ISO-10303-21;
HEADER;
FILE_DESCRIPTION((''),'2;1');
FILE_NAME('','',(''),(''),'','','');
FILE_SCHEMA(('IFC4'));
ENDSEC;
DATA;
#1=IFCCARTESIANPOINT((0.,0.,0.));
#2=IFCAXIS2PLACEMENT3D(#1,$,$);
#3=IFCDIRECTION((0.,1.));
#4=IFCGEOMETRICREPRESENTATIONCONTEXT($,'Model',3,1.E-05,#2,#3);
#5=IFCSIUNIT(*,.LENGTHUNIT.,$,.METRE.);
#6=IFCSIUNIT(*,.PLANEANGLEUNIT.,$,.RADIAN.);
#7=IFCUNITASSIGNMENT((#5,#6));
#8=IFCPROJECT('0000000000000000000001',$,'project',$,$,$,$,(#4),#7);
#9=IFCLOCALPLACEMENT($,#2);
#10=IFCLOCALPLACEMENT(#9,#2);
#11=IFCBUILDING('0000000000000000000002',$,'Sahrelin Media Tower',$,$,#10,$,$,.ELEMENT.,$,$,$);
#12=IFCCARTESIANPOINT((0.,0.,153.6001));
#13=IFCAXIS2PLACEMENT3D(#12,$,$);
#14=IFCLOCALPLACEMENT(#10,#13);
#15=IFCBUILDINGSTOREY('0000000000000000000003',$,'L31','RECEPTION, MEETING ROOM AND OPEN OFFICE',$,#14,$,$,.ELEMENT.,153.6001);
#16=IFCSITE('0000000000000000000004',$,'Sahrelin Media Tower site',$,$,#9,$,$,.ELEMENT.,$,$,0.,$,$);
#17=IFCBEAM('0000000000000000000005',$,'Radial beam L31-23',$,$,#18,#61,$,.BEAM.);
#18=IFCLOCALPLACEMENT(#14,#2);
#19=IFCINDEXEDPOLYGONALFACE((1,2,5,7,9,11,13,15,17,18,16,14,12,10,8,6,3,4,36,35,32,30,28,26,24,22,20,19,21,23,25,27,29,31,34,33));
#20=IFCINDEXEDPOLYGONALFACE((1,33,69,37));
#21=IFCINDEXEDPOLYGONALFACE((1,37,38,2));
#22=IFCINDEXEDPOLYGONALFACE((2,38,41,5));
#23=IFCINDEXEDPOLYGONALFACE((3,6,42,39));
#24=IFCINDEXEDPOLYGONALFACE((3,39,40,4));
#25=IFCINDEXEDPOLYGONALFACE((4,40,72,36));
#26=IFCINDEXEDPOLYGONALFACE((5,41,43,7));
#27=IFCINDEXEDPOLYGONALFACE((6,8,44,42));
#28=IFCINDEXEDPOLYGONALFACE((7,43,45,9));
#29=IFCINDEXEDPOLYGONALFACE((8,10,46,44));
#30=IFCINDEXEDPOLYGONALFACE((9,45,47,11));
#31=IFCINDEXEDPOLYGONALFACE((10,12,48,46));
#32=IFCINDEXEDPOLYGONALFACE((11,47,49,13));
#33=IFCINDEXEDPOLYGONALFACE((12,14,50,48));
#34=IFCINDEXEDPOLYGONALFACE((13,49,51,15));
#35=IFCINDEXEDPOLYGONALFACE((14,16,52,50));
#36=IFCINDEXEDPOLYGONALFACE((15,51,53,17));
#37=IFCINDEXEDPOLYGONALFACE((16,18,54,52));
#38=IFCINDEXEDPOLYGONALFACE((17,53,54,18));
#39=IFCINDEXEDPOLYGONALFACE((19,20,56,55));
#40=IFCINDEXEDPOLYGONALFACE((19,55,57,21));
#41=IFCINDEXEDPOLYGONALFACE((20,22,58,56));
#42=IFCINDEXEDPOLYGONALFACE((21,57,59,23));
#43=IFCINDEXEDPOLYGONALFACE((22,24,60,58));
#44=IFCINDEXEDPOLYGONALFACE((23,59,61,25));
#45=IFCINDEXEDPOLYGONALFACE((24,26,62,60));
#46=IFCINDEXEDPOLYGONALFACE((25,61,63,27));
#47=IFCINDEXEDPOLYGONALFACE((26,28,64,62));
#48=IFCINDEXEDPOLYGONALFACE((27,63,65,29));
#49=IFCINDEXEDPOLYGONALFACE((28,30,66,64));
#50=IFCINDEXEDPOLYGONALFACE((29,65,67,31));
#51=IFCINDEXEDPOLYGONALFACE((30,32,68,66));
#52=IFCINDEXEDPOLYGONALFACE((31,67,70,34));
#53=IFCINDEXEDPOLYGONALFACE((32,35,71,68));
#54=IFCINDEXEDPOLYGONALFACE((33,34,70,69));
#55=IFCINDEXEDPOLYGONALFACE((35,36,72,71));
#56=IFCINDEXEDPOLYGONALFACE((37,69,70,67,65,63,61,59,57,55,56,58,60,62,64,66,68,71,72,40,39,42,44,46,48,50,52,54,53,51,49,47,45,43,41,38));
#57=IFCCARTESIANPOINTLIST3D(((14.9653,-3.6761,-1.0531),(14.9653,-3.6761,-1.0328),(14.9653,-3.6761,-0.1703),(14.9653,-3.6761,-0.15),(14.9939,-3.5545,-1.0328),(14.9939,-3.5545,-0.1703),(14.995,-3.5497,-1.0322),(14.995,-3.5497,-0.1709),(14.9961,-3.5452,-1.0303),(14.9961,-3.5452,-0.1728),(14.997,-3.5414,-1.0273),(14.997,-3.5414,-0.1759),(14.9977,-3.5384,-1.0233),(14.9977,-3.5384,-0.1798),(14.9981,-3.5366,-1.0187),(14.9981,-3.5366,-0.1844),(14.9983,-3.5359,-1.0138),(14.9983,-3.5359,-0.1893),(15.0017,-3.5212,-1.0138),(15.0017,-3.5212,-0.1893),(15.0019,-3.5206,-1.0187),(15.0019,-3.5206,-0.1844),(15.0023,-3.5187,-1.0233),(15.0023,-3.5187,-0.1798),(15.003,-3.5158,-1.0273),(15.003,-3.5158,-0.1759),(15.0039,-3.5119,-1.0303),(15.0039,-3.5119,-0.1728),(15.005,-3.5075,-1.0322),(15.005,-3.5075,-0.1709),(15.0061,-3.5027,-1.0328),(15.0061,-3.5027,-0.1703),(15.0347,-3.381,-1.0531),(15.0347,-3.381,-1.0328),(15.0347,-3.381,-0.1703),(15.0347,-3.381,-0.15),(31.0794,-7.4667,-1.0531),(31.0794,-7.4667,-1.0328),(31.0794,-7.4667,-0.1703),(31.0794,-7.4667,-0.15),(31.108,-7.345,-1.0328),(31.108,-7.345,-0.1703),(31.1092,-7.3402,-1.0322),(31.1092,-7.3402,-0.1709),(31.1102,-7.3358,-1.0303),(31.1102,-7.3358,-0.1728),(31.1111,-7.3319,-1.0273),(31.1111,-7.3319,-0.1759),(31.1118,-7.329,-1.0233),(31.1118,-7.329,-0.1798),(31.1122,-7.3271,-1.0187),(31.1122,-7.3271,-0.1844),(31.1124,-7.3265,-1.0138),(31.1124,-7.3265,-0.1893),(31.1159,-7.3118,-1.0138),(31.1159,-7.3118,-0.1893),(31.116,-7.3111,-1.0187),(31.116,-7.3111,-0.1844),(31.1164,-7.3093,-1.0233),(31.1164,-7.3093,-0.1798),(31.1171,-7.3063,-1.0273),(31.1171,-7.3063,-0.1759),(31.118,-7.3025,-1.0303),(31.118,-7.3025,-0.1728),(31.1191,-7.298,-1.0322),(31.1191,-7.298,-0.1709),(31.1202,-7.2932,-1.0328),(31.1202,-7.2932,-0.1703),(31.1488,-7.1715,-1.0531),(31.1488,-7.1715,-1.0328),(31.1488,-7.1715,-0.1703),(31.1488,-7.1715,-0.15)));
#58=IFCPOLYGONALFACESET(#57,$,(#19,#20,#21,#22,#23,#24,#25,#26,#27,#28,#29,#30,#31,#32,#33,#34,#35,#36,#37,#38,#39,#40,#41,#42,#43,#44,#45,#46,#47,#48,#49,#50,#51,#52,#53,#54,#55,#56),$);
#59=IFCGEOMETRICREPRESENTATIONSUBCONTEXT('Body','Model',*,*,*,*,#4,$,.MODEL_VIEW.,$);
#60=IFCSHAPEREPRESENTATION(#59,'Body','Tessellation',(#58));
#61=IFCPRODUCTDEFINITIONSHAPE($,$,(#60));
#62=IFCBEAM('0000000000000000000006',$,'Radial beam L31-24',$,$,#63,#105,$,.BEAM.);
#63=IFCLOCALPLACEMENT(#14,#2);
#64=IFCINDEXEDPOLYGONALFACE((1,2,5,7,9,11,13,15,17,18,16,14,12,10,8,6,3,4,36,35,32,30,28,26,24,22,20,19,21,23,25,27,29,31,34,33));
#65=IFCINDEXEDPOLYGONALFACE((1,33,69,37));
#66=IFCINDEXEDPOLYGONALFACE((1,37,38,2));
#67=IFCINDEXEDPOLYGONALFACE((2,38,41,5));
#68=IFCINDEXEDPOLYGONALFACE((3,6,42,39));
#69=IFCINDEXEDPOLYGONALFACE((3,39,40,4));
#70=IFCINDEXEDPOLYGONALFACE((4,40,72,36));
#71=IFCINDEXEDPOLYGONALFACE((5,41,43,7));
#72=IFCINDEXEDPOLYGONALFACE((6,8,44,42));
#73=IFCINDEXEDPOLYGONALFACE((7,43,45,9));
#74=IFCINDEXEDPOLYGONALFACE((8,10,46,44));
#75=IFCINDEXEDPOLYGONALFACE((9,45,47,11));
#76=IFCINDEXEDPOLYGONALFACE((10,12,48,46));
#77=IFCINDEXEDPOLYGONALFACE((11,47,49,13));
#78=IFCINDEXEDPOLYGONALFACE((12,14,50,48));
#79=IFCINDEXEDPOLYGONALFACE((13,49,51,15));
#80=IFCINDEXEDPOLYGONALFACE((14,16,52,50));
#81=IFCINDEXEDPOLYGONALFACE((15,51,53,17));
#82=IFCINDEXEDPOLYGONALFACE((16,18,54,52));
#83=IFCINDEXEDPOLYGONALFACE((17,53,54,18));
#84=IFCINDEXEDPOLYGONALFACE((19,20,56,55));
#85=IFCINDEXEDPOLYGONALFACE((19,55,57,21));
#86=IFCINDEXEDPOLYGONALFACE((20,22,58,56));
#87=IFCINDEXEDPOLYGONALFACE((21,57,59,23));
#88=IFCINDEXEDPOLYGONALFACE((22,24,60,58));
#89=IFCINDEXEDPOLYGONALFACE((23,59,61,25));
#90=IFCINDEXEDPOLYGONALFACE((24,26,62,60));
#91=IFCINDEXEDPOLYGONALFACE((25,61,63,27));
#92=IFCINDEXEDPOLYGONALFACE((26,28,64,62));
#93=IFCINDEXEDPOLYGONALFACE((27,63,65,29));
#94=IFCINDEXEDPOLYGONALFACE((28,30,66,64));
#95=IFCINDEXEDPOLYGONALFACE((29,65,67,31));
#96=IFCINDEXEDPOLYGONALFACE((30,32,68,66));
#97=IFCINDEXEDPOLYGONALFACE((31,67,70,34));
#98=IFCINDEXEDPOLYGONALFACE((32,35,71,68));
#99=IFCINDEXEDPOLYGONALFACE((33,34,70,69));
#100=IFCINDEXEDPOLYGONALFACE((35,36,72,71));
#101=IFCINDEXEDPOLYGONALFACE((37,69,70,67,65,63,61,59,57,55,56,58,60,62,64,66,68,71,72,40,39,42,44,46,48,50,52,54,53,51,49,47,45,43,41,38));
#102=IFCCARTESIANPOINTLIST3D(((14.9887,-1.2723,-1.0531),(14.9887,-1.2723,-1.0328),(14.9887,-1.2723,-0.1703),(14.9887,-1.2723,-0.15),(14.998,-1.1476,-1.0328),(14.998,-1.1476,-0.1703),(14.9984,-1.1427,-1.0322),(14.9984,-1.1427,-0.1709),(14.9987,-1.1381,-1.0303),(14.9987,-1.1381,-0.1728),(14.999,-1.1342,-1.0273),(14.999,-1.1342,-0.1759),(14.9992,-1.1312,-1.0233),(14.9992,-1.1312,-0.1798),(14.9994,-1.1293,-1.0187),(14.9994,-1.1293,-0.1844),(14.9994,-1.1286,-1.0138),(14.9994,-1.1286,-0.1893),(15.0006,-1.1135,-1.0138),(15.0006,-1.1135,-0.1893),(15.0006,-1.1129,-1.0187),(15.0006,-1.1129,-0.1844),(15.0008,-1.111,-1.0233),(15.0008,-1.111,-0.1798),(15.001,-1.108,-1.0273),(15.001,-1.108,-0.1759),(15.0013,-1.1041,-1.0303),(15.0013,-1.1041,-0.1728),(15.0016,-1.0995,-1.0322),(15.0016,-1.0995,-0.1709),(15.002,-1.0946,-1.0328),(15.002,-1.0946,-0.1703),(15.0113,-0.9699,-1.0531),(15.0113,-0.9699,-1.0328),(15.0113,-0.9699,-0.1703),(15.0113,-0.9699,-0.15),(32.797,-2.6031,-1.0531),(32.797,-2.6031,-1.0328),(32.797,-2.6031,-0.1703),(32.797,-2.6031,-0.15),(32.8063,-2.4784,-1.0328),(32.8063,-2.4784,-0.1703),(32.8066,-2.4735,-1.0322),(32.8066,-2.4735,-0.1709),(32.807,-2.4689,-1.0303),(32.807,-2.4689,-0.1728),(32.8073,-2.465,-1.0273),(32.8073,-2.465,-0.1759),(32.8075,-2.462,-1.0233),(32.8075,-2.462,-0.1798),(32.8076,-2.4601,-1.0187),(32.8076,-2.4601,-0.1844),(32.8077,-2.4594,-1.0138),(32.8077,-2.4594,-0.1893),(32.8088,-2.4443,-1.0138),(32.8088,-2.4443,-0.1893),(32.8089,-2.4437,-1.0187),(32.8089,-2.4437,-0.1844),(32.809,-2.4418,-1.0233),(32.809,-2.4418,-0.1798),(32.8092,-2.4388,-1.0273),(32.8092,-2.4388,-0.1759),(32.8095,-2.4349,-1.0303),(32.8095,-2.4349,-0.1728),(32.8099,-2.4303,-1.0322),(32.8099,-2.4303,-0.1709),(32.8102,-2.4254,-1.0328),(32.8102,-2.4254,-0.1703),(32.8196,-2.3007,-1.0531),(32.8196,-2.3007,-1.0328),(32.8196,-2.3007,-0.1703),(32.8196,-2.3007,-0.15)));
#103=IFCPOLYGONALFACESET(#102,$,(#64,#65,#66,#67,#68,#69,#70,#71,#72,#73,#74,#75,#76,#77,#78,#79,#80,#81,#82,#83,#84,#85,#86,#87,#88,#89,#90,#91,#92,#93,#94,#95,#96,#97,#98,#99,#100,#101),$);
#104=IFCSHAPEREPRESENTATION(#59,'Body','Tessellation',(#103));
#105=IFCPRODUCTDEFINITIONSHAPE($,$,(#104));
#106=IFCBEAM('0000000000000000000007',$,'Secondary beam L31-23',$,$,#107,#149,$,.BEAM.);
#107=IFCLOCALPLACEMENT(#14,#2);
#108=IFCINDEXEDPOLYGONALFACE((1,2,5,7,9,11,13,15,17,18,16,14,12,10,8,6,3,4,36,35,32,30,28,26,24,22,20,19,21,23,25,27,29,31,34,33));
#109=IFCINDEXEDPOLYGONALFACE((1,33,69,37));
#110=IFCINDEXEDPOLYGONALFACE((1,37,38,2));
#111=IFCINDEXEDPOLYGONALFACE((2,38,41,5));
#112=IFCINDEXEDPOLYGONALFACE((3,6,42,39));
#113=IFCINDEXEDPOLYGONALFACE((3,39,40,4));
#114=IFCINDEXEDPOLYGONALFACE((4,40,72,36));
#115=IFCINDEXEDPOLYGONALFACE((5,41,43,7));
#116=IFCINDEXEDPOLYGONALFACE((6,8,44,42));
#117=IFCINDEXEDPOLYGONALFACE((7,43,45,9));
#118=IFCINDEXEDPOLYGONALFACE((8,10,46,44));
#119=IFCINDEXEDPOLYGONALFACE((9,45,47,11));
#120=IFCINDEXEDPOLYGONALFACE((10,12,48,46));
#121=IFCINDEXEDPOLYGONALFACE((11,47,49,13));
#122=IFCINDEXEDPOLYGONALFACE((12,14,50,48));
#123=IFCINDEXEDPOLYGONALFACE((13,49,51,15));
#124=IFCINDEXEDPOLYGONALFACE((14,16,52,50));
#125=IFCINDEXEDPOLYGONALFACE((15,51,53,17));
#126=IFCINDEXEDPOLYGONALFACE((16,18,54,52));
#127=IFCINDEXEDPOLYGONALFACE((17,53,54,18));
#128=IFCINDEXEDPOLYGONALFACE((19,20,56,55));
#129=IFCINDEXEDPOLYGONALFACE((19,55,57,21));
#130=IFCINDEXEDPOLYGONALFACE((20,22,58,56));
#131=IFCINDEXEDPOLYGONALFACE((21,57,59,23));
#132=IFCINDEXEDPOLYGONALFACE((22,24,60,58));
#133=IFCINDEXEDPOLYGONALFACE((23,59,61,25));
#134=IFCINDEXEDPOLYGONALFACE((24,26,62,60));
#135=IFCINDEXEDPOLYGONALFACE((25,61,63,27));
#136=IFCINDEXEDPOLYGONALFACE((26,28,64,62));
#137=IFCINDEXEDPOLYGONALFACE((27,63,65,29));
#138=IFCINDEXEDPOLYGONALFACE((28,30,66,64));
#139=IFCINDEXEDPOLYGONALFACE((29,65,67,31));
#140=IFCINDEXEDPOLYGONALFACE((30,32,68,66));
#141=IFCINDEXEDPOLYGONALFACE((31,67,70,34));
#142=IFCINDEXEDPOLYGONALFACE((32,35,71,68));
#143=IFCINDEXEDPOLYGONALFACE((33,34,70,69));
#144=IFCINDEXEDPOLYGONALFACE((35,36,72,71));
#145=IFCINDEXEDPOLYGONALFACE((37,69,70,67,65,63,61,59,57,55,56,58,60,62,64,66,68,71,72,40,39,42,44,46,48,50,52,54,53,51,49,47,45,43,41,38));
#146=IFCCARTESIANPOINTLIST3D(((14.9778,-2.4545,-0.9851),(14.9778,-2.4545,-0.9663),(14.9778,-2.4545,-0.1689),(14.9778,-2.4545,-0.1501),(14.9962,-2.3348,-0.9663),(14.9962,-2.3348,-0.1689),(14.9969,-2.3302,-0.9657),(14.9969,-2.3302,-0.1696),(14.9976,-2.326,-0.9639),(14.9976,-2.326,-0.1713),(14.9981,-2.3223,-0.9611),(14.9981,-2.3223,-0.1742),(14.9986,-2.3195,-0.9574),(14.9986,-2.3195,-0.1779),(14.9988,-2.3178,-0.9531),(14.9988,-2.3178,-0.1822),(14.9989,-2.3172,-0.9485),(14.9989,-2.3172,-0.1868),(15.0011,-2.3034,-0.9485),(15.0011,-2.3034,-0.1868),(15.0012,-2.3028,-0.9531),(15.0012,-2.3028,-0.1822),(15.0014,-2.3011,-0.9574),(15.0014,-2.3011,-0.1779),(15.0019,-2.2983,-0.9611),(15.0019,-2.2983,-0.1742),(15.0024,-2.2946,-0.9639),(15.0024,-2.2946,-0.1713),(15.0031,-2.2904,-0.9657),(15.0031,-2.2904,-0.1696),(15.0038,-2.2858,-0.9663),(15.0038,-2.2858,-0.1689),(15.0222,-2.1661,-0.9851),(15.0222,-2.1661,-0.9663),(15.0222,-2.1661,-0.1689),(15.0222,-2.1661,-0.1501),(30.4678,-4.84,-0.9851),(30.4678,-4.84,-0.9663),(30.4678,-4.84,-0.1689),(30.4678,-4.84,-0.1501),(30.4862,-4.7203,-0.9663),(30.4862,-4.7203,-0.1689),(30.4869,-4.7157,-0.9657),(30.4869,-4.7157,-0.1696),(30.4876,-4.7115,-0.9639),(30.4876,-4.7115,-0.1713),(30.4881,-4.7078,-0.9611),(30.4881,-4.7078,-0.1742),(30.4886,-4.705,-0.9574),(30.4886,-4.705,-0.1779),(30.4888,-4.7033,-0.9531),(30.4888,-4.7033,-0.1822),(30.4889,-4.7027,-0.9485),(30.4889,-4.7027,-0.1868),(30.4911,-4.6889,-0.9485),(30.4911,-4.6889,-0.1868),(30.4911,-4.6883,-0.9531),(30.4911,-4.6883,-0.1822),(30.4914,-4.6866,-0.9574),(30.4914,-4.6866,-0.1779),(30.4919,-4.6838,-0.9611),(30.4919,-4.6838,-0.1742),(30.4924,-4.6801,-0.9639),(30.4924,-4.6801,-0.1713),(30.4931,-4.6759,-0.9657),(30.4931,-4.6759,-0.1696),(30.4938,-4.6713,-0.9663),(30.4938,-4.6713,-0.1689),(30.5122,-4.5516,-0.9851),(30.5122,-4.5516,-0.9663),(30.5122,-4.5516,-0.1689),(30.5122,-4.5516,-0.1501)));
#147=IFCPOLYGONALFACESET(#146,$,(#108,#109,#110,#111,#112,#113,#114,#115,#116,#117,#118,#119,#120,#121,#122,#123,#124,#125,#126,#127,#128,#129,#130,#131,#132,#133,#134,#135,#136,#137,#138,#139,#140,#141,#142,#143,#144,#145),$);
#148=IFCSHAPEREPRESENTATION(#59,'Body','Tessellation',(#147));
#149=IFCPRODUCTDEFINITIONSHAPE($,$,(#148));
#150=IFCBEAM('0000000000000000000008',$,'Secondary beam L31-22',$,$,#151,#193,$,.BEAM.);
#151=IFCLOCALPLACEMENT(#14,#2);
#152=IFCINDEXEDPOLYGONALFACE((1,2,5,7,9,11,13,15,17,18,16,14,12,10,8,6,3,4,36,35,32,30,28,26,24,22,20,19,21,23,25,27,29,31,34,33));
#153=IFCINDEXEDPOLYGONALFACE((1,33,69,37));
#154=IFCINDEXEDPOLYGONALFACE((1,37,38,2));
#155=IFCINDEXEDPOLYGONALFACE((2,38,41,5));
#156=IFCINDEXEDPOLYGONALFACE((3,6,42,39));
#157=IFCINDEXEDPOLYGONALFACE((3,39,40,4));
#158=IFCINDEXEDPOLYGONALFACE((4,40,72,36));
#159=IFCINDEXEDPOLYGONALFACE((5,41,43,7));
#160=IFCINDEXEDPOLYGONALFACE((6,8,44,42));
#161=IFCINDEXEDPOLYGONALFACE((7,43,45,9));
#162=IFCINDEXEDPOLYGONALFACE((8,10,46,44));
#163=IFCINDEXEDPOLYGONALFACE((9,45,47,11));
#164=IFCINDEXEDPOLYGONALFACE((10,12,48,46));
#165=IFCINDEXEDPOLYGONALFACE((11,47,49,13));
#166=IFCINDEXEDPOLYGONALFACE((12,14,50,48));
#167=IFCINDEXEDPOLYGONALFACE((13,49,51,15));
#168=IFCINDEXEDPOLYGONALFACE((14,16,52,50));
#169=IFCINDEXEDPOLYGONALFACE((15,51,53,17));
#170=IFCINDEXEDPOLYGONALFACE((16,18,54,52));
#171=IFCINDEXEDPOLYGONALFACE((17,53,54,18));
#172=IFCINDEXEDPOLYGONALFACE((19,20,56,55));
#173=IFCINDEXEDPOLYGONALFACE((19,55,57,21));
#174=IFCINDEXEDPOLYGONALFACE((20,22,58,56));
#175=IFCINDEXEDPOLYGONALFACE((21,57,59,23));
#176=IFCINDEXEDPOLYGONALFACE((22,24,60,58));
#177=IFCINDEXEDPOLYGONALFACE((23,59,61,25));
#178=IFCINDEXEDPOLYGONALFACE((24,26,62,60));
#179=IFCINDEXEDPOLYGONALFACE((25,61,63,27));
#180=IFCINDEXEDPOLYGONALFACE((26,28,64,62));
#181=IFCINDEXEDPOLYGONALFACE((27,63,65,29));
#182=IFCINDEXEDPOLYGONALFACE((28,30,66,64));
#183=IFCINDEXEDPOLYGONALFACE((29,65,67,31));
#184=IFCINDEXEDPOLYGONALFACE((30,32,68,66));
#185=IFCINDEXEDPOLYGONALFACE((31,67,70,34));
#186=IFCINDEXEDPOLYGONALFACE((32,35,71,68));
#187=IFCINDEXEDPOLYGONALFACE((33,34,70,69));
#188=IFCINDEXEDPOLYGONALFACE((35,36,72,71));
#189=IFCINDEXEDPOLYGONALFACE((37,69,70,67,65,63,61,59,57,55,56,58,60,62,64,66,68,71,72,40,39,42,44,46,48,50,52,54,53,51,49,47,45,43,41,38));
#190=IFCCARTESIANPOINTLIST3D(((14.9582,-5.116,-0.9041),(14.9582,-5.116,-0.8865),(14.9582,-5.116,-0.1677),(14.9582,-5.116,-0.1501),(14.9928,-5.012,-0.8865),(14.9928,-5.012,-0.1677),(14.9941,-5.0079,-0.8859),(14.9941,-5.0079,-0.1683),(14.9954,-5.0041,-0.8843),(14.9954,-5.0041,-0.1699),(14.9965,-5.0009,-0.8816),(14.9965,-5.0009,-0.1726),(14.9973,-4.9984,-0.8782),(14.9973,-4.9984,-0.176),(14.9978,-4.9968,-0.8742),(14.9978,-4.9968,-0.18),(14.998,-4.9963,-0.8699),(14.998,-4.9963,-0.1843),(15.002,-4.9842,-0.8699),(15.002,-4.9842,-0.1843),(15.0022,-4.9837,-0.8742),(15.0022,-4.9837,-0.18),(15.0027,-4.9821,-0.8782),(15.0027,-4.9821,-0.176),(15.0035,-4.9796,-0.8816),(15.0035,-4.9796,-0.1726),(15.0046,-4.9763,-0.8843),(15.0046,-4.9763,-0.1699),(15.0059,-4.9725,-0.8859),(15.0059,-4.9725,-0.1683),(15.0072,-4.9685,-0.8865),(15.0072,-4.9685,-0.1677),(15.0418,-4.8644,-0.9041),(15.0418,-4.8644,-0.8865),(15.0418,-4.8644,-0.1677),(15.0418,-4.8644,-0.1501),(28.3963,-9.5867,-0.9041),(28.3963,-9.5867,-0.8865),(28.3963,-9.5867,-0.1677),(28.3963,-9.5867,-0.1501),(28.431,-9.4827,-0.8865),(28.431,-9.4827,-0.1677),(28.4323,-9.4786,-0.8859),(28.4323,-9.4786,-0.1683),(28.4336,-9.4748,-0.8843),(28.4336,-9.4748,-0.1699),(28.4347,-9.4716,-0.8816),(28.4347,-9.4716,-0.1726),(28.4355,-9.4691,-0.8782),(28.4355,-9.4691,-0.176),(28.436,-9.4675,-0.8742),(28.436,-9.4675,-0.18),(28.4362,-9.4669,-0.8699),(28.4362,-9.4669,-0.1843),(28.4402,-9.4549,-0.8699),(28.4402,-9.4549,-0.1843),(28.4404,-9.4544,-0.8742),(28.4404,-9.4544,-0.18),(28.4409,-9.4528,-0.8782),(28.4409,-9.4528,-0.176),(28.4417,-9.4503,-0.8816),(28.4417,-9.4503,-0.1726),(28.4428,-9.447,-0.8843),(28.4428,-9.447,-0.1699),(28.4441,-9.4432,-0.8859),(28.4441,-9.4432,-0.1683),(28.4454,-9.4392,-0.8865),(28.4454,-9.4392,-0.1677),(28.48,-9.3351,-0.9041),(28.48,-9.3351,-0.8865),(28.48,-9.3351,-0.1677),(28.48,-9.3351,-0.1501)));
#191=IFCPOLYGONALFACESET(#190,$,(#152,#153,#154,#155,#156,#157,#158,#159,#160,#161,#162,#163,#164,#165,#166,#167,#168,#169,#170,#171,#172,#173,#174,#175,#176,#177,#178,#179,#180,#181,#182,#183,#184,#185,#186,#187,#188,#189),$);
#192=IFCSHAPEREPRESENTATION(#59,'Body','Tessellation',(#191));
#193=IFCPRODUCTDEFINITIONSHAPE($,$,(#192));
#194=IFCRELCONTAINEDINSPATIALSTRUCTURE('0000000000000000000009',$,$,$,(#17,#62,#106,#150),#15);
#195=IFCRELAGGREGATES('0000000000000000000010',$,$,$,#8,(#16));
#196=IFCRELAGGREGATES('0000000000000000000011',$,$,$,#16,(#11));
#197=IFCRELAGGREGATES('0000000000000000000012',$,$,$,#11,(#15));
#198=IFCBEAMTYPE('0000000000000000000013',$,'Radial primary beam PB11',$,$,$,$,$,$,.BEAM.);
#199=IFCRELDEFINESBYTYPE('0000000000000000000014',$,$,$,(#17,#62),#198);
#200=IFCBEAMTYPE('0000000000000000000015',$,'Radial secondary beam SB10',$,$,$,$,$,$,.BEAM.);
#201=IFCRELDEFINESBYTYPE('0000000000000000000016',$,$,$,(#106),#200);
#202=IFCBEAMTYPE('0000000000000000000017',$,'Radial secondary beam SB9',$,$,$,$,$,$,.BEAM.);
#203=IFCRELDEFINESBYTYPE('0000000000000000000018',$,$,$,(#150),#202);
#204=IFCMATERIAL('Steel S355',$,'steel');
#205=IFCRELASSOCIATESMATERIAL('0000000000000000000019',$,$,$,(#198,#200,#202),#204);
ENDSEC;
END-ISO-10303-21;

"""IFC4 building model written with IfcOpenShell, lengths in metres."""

from ifc_helpers import new_model, si_unit, direction, frame, origin, origin_2d, place, context, subcontext, project, spatial, i_section, extrude, material, material_profile, profile_set, type_object, element, save


model = new_model("IFC4")

# Units and contexts
model_context = context("Model", 3, precision=1e-05, world=origin(), true_north=direction((0.0, 1.0)))
body_context = subcontext(model_context, "Body", "Model", "MODEL_VIEW")
ifc_project = project(units=[si_unit("LENGTHUNIT", "METRE"), si_unit("PLANEANGLEUNIT", "RADIAN")], contexts=[model_context])

# Site, building, storey
site_placement = place(None, origin())
site = spatial("IfcSite", under=ifc_project, at=site_placement, Name="Sahrelin Media Tower site", CompositionType="ELEMENT", RefElevation=0.0)
building_placement = place(site_placement, origin())
building = spatial("IfcBuilding", under=site, at=building_placement, Name="Sahrelin Media Tower", CompositionType="ELEMENT")
storey_placement = place(building_placement, frame((0.0, 0.0, 153.6001)))
storey = spatial("IfcBuildingStorey", under=building, at=storey_placement, Name="L31", Description="RECEPTION, MEETING ROOM AND OPEN OFFICE", CompositionType="ELEMENT", Elevation=153.6001)

# Shared definitions
ifc_material_1 = material(Name="Steel S355", Category="steel")

# Beams
ifc_material_profile_1 = material_profile(ifc_material_1, i_section(OverallWidth=0.3032, OverallDepth=0.9031, WebThickness=0.0151, FlangeThickness=0.0203, FilletRadius=0.019, at=origin_2d()), Name="UB 914x305x201")
ifc_profile_set_1 = profile_set([ifc_material_profile_1], Name="Steel S355")
beam_type_1 = type_object("IfcBeamType", Name="Radial primary beam PB11", PredefinedType="BEAM", material=ifc_profile_set_1)
beam_1_placement = place(storey_placement, frame((15.0, -3.5286, -0.6016), z_axis=(0.973431, -0.228982, 0.0), x_axis=(0.228982, 0.973431, 0.0)))
element("IfcBeam", 1, at=beam_1_placement, inside=storey, type_object=beam_type_1, Name="Radial beam L31-23", PredefinedType="BEAM", context=body_context, shape_type="SweptSolid", body=[
    extrude(i_section(OverallWidth=0.3032, OverallDepth=0.9031, WebThickness=0.0151, FlangeThickness=0.0203, FilletRadius=0.019, at=origin_2d()), origin(), (0.0, 0.0, 1.0), 16.554),
])
beam_2_placement = place(storey_placement, frame((15.0, -1.1211, -0.6016), z_axis=(0.997219, -0.074522, 0.0), x_axis=(0.074522, 0.997219, 0.0)))
element("IfcBeam", 2, at=beam_2_placement, inside=storey, type_object=beam_type_1, Name="Radial beam L31-24", PredefinedType="BEAM", context=body_context, shape_type="SweptSolid", body=[
    extrude(i_section(OverallWidth=0.3032, OverallDepth=0.9031, WebThickness=0.0151, FlangeThickness=0.0203, FilletRadius=0.019, at=origin_2d()), origin(), (0.0, 0.0, 1.0), 17.8579),
])
ifc_material_profile_2 = material_profile(ifc_material_1, i_section(OverallWidth=0.2917, OverallDepth=0.835, WebThickness=0.0139, FlangeThickness=0.0188, FilletRadius=0.0178, at=origin_2d()), Name="UB 838x292x176")
ifc_profile_set_2 = profile_set([ifc_material_profile_2], Name="Steel S355")
beam_type_2 = type_object("IfcBeamType", Name="Radial secondary beam SB10", PredefinedType="BEAM", material=ifc_profile_set_2)
beam_3_placement = place(storey_placement, frame((15.0, -2.3103, -0.5676), z_axis=(0.988348, -0.152208, 0.0), x_axis=(0.152208, 0.988348, 0.0)))
element("IfcBeam", 3, at=beam_3_placement, inside=storey, type_object=beam_type_2, Name="Secondary beam L31-23", PredefinedType="BEAM", context=body_context, shape_type="SweptSolid", body=[
    extrude(i_section(OverallWidth=0.2917, OverallDepth=0.835, WebThickness=0.0139, FlangeThickness=0.0188, FilletRadius=0.0178, at=origin_2d()), origin(), (0.0, 0.0, 1.0), 15.6726),
])
ifc_material_profile_3 = material_profile(ifc_material_1, i_section(OverallWidth=0.2651, OverallDepth=0.7539, WebThickness=0.0127, FlangeThickness=0.0176, FilletRadius=0.0166, at=origin_2d()), Name="UB 762x267x147")
ifc_profile_set_3 = profile_set([ifc_material_profile_3], Name="Steel S355")
beam_type_3 = type_object("IfcBeamType", Name="Radial secondary beam SB9", PredefinedType="BEAM", material=ifc_profile_set_3)
beam_4_placement = place(storey_placement, frame((15.0, -4.9902, -0.5271), z_axis=(0.948868, -0.315674, 0.0), x_axis=(0.315674, 0.948868, 0.0)))
element("IfcBeam", 4, at=beam_4_placement, inside=storey, type_object=beam_type_3, Name="Secondary beam L31-22", PredefinedType="BEAM", context=body_context, shape_type="SweptSolid", body=[
    extrude(i_section(OverallWidth=0.2651, OverallDepth=0.7539, WebThickness=0.0127, FlangeThickness=0.0176, FilletRadius=0.0166, at=origin_2d()), origin(), (0.0, 0.0, 1.0), 14.1624),
])

save(model, "model.ifc")
